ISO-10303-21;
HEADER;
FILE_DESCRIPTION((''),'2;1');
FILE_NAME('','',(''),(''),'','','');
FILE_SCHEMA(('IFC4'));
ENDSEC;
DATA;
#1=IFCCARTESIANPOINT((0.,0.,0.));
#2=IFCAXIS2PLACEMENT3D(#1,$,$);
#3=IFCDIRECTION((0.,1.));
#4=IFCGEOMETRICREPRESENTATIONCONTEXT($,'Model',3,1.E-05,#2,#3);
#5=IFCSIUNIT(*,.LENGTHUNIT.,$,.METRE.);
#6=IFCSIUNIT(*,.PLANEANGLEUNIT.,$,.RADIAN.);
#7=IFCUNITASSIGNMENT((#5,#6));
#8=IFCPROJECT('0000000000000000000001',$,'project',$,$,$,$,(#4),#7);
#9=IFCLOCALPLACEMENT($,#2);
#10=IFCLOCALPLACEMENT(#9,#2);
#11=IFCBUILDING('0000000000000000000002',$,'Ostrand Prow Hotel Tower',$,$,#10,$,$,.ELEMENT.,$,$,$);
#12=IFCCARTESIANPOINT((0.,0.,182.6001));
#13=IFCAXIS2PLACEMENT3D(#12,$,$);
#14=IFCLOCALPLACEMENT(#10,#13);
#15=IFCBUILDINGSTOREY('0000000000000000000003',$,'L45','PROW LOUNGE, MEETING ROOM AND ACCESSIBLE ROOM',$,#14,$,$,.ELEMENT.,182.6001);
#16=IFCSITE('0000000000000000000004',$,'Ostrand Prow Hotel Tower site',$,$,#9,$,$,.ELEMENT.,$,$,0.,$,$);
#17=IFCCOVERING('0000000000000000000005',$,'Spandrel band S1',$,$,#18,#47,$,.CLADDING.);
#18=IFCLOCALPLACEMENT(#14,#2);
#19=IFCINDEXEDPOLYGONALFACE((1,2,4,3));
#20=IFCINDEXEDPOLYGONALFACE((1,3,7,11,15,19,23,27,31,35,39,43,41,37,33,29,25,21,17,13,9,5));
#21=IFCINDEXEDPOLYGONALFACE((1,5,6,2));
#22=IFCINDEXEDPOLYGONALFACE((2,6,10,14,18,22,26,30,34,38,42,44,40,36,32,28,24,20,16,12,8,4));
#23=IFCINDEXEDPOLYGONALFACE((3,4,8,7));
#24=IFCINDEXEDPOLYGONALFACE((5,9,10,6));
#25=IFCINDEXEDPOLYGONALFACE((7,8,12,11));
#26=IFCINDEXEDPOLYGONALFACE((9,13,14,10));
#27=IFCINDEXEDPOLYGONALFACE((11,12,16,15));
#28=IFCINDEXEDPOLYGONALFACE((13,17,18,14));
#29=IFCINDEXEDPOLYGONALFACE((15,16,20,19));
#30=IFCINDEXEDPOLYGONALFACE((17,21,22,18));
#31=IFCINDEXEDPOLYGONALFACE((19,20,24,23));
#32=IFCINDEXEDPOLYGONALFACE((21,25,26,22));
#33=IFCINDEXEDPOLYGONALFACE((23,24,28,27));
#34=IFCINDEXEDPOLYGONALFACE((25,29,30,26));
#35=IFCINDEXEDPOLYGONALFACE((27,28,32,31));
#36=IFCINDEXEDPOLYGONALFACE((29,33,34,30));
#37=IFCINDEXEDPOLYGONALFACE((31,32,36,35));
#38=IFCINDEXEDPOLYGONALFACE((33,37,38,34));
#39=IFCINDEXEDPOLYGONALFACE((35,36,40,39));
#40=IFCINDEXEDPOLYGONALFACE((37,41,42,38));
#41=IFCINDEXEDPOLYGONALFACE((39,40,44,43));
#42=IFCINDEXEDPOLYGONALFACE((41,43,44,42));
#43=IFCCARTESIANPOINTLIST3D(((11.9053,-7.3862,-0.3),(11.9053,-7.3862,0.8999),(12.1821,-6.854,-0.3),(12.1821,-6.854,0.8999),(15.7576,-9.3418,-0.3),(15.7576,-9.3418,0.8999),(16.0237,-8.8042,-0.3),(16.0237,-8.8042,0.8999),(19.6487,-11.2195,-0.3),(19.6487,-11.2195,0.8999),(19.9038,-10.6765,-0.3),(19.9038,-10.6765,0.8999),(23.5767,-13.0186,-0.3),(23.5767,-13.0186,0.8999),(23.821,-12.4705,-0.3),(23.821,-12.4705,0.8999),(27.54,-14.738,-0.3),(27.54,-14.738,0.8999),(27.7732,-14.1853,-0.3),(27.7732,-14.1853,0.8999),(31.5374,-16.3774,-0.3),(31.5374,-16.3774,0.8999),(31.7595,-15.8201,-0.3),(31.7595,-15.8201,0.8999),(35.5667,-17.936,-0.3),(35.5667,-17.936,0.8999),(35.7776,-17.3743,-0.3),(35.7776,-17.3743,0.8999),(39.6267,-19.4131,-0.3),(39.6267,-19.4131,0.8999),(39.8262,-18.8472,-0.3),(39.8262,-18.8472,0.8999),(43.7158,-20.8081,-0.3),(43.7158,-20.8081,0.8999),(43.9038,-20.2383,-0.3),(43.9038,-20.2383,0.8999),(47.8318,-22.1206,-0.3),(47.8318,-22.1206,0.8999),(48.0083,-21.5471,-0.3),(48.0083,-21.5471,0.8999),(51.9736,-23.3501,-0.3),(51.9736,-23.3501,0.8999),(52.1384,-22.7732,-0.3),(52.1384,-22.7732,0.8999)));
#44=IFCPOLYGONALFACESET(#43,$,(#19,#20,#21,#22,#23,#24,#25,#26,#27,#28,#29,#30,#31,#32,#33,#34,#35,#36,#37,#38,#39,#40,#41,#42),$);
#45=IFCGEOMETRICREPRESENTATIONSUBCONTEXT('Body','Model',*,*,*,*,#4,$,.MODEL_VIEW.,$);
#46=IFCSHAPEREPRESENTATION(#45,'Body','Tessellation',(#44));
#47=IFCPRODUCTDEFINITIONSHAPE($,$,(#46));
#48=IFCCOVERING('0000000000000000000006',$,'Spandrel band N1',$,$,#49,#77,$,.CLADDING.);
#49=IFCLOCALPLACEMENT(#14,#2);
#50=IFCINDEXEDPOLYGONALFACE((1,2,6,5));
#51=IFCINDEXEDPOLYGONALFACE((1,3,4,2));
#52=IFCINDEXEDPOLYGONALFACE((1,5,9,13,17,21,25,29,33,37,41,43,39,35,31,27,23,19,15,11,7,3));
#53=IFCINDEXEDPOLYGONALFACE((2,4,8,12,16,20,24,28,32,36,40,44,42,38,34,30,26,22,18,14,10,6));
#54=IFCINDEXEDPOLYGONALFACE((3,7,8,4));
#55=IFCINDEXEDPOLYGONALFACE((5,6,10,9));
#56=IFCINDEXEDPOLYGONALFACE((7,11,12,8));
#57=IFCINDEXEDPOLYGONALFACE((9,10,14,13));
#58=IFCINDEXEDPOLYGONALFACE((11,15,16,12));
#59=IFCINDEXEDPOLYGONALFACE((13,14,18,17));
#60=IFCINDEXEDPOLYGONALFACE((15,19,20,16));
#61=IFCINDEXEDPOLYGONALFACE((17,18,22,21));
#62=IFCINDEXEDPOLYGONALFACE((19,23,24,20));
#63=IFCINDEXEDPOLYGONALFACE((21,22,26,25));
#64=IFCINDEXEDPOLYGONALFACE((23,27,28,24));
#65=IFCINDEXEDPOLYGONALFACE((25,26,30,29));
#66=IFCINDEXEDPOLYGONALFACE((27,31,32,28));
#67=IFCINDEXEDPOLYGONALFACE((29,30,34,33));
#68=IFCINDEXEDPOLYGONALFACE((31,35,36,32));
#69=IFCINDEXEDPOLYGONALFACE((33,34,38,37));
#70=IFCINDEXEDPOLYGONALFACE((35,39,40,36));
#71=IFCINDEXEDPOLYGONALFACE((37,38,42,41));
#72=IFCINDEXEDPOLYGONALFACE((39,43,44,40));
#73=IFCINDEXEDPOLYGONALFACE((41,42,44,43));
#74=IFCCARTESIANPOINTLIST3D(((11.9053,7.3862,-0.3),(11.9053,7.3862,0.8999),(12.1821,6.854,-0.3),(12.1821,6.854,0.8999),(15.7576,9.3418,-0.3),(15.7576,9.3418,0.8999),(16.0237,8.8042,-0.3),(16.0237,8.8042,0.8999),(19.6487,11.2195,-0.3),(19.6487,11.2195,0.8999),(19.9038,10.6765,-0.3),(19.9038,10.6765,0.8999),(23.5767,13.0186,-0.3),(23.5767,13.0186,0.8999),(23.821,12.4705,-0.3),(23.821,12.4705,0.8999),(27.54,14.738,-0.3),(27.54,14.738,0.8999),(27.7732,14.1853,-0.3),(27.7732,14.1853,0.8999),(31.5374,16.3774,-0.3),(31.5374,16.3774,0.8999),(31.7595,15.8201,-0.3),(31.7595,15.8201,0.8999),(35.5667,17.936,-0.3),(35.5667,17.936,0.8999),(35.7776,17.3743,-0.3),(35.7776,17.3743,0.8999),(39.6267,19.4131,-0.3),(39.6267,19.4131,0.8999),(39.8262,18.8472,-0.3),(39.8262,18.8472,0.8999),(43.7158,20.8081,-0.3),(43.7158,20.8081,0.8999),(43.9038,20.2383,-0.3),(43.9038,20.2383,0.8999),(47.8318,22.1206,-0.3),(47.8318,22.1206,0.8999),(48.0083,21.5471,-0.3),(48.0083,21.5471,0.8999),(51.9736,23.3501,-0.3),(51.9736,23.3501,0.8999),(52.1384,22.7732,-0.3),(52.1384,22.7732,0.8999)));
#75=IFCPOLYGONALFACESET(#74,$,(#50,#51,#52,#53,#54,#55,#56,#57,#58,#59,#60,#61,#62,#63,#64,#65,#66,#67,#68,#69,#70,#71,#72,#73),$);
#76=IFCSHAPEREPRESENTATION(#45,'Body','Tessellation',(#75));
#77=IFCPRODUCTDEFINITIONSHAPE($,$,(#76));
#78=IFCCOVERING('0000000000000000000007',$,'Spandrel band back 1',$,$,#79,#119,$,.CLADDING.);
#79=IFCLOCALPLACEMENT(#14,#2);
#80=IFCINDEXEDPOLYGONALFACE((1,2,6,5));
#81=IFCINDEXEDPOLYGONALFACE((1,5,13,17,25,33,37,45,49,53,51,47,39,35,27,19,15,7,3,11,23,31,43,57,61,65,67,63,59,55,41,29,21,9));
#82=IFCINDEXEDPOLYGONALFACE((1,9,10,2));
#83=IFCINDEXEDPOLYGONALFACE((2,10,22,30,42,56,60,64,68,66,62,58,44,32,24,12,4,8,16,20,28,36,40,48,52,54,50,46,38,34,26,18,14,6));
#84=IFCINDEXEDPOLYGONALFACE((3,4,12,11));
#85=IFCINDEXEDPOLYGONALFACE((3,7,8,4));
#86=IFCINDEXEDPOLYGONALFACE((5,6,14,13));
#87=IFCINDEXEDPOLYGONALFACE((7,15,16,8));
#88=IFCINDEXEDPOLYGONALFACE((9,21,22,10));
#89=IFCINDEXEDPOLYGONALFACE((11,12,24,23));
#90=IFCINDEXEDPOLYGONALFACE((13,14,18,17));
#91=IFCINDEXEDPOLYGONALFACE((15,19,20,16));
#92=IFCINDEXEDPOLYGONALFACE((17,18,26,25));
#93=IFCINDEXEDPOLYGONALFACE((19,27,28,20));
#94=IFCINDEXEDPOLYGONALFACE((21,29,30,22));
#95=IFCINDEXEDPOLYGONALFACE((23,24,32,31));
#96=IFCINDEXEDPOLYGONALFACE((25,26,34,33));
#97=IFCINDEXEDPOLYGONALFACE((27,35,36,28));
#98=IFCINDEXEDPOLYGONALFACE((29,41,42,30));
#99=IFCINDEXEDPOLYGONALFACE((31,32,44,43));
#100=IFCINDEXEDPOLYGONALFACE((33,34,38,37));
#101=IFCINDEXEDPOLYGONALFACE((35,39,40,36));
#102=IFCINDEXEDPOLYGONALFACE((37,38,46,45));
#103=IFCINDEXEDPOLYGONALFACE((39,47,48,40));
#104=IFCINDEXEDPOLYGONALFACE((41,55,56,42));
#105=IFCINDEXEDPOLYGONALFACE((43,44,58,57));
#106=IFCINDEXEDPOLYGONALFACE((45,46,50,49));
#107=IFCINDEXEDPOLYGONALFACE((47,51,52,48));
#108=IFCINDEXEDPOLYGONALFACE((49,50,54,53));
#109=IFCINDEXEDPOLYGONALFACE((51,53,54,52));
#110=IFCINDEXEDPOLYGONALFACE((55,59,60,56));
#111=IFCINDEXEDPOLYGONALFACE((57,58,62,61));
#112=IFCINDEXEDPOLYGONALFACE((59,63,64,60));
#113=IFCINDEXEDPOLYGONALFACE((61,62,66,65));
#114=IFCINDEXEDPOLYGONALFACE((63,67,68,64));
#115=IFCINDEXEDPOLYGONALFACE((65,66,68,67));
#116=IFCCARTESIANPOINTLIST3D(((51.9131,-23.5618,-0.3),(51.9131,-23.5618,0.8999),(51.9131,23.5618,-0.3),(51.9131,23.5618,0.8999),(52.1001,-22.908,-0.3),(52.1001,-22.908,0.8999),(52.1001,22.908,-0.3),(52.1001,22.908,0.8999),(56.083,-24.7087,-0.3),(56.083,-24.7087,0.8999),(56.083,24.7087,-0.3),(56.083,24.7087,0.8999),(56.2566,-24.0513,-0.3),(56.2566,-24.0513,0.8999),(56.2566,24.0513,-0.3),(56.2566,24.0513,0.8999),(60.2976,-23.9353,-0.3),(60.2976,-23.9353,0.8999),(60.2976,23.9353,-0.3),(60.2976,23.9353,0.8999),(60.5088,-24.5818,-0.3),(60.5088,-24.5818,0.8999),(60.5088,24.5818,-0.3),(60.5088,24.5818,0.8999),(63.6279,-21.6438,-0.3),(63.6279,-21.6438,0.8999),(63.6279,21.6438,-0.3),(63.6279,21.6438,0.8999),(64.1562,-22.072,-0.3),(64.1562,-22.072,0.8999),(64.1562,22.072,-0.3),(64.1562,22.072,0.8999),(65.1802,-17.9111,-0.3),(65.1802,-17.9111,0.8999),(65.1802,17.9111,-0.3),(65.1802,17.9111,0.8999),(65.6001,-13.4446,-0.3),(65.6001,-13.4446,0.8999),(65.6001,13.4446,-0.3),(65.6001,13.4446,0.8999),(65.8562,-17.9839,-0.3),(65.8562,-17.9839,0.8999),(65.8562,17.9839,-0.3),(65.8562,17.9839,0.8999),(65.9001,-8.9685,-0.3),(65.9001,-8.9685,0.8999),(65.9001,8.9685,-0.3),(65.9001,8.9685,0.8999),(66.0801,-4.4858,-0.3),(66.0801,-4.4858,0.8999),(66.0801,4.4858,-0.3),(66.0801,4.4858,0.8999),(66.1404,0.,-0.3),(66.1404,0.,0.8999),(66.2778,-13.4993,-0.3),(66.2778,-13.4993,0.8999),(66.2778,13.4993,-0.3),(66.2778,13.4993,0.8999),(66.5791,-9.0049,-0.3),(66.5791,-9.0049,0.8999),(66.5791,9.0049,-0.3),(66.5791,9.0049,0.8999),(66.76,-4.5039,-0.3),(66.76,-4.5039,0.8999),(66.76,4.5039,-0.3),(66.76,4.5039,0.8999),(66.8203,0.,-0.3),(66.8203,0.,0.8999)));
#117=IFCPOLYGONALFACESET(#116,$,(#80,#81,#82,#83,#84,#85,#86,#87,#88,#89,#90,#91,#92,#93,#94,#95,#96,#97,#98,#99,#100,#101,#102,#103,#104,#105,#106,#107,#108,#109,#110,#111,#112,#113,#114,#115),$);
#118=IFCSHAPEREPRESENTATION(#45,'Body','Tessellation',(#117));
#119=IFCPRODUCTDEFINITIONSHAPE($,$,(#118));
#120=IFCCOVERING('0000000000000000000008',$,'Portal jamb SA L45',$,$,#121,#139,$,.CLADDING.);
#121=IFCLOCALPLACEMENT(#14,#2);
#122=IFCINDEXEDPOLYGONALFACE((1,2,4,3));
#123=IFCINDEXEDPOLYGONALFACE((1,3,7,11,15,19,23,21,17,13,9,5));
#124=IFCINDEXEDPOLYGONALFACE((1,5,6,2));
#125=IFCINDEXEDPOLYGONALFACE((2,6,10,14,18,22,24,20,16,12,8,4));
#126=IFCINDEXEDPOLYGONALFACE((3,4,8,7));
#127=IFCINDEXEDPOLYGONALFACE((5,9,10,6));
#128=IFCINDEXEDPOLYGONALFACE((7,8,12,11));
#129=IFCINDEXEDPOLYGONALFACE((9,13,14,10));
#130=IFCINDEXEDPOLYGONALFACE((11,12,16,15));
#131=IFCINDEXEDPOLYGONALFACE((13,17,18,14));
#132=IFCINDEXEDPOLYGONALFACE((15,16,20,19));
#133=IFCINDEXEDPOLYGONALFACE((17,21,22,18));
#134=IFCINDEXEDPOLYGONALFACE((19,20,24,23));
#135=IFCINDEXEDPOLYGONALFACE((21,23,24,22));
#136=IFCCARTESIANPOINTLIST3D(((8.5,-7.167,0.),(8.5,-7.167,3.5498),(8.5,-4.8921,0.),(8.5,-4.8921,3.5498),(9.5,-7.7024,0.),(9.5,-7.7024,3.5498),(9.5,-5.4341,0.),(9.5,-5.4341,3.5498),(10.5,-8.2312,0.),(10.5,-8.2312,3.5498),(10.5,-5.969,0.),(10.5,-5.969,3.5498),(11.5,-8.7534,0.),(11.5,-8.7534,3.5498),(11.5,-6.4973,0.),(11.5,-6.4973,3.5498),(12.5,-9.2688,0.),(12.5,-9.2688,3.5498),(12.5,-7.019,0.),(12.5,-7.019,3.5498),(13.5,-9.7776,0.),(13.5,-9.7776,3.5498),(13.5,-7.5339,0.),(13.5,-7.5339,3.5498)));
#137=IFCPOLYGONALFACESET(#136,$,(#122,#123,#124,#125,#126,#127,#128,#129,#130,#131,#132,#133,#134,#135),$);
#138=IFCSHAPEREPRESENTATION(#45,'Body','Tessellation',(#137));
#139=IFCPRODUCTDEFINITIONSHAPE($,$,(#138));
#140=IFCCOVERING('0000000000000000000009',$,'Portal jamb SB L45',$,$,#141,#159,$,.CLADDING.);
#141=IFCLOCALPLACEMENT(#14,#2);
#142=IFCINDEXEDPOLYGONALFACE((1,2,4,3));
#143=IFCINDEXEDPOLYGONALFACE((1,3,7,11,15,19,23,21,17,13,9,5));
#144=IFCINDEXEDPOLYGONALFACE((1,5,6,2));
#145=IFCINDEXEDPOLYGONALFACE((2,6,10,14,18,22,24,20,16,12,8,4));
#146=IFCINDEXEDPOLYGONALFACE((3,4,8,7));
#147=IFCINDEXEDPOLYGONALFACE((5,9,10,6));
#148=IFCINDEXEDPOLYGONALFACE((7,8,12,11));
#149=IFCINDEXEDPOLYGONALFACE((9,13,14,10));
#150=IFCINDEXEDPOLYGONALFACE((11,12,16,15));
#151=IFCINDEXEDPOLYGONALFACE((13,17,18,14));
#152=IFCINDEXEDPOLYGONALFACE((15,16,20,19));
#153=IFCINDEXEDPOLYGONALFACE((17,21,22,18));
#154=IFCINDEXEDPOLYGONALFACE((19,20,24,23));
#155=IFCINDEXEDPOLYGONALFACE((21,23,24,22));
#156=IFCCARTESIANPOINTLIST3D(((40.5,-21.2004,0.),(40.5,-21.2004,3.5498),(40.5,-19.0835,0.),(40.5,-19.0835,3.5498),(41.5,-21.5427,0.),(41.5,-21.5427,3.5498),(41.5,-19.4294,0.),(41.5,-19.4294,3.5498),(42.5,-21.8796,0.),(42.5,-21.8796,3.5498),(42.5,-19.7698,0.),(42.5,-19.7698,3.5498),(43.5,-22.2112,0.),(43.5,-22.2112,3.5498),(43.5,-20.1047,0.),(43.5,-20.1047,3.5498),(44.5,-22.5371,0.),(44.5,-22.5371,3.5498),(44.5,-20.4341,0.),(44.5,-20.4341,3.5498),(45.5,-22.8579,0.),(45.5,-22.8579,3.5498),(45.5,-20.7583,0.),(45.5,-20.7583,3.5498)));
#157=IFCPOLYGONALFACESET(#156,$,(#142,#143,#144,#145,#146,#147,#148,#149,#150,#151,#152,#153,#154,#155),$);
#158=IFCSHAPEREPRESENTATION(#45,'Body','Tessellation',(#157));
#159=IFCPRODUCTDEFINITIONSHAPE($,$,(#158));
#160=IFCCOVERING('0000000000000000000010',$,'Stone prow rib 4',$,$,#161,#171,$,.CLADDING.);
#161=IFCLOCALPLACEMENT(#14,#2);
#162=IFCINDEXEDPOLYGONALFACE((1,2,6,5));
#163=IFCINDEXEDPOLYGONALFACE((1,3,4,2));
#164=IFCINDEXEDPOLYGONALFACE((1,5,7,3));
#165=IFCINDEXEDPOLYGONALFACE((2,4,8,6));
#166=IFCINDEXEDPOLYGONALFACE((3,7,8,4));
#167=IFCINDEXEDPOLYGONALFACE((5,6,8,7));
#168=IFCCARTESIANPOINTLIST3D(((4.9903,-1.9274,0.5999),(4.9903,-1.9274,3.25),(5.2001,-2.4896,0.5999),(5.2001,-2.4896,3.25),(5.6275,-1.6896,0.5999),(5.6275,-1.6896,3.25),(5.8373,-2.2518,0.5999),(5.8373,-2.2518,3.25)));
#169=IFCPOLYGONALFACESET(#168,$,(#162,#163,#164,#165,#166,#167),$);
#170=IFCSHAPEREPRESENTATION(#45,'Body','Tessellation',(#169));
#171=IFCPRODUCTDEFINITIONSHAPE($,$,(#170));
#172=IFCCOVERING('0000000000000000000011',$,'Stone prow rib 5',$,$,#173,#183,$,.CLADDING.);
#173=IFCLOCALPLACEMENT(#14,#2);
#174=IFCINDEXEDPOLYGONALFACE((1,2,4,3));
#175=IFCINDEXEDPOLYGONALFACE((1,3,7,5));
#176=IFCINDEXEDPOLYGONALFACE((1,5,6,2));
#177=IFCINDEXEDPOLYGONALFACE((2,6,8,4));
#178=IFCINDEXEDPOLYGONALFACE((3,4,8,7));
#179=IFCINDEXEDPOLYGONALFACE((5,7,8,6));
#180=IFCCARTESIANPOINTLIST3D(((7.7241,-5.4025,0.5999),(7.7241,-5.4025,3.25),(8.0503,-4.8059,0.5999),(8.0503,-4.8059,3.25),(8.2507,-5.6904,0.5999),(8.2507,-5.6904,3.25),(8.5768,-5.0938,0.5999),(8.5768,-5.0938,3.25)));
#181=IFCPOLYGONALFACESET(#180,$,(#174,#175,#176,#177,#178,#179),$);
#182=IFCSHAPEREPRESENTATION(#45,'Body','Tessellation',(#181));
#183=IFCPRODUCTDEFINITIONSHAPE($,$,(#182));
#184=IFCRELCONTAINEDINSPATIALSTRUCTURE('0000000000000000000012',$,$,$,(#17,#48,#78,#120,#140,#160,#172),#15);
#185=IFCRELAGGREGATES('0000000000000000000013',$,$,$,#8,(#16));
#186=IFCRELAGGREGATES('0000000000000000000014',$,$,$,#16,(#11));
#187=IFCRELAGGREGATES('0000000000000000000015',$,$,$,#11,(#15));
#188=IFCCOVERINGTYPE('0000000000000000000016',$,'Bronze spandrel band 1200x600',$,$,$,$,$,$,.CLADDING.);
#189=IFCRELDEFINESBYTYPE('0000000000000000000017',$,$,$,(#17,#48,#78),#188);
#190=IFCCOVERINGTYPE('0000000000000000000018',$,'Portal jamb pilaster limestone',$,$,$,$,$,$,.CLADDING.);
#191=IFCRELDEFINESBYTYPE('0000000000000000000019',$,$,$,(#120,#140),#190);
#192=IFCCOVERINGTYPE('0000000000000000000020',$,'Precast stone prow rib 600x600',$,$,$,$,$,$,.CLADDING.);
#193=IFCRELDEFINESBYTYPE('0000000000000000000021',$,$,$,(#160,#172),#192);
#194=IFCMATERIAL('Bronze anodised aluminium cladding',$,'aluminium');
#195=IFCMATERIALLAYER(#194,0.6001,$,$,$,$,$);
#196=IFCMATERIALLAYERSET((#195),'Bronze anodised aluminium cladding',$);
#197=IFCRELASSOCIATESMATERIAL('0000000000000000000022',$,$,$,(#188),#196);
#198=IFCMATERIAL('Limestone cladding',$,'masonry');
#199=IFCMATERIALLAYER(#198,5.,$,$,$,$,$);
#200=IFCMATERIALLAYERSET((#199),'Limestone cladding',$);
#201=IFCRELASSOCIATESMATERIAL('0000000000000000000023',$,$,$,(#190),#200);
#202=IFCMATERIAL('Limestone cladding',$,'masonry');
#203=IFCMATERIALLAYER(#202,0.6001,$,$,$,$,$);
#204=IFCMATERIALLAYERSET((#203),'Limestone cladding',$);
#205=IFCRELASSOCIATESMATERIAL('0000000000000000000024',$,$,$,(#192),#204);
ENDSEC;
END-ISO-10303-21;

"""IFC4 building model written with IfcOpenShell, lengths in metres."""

from ifc_helpers import new_model, si_unit, direction, frame, frame_2d, origin, place, context, subcontext, project, spatial, polyline, rectangle, outline, extrude, material, layer, layer_set, type_object, element, save


model = new_model("IFC4")

# Units and contexts
model_context = context("Model", 3, precision=1e-05, world=origin(), true_north=direction((0.0, 1.0)))
body_context = subcontext(model_context, "Body", "Model", "MODEL_VIEW")
ifc_project = project(units=[si_unit("LENGTHUNIT", "METRE"), si_unit("PLANEANGLEUNIT", "RADIAN")], contexts=[model_context])

# Site, building, storey
site_placement = place(None, origin())
site = spatial("IfcSite", under=ifc_project, at=site_placement, Name="Ostrand Prow Hotel Tower site", CompositionType="ELEMENT", RefElevation=0.0)
building_placement = place(site_placement, origin())
building = spatial("IfcBuilding", under=site, at=building_placement, Name="Ostrand Prow Hotel Tower", CompositionType="ELEMENT")
storey_placement = place(building_placement, frame((0.0, 0.0, 182.6001)))
storey = spatial("IfcBuildingStorey", under=building, at=storey_placement, Name="L45", Description="PROW LOUNGE, MEETING ROOM AND ACCESSIBLE ROOM", CompositionType="ELEMENT", Elevation=182.6001)

# Coverings
ifc_material_1 = material(Name="Bronze anodised aluminium cladding", Category="aluminium")
ifc_layer_1 = layer(ifc_material_1, 0.6001)
ifc_layer_set_1 = layer_set([ifc_layer_1], Name="Bronze anodised aluminium cladding")
covering_type_1 = type_object("IfcCoveringType", Name="Bronze spandrel band 1200x600", PredefinedType="CLADDING", material=ifc_layer_set_1)
covering_1_placement = place(storey_placement, frame((0.0, 0.0, -0.3)))
element("IfcCovering", 1, at=covering_1_placement, inside=storey, type_object=covering_type_1, Name="Spandrel band S1", PredefinedType="CLADDING", context=body_context, shape_type="SweptSolid", body=[
    extrude(outline(polyline([(11.9053, -7.3862), (15.7576, -9.3418), (19.6487, -11.2195), (23.5767, -13.0186), (27.54, -14.738), (31.5374, -16.3774), (35.5667, -17.936), (39.6267, -19.4131), (43.7158, -20.8081), (47.8318, -22.1206), (51.9736, -23.3501), (52.1384, -22.7732), (48.0083, -21.5471), (43.9038, -20.2383), (39.8262, -18.8472), (35.7776, -17.3743), (31.7595, -15.8201), (27.7732, -14.1853), (23.821, -12.4705), (19.9038, -10.6765), (16.0237, -8.8042), (12.1821, -6.854), (11.9053, -7.3862)])), origin(), (0.0, 0.0, 1.0), 1.2),
])
covering_2_placement = place(storey_placement, frame((0.0, 0.0, -0.3)))
element("IfcCovering", 2, at=covering_2_placement, inside=storey, type_object=covering_type_1, Name="Spandrel band N1", PredefinedType="CLADDING", context=body_context, shape_type="SweptSolid", body=[
    extrude(outline(polyline([(51.9736, 23.3501), (47.8318, 22.1206), (43.7158, 20.8081), (39.6267, 19.4131), (35.5667, 17.936), (31.5374, 16.3774), (27.54, 14.738), (23.5767, 13.0186), (19.6487, 11.2195), (15.7576, 9.3418), (11.9053, 7.3862), (12.1821, 6.854), (16.0237, 8.8042), (19.9038, 10.6765), (23.821, 12.4705), (27.7732, 14.1853), (31.7595, 15.8201), (35.7776, 17.3743), (39.8262, 18.8472), (43.9038, 20.2383), (48.0083, 21.5471), (52.1384, 22.7732), (51.9736, 23.3501)])), origin(), (0.0, 0.0, 1.0), 1.2),
])
covering_3_placement = place(storey_placement, frame((0.0, 0.0, -0.3)))
element("IfcCovering", 3, at=covering_3_placement, inside=storey, type_object=covering_type_1, Name="Spandrel band back 1", PredefinedType="CLADDING", context=body_context, shape_type="SweptSolid", body=[
    extrude(outline(polyline([(51.9131, -23.5618), (56.083, -24.7087), (60.5088, -24.5818), (64.1562, -22.072), (65.8562, -17.9839), (66.2778, -13.4993), (66.5791, -9.0049), (66.76, -4.5039), (66.8203, 0.0), (66.76, 4.5039), (66.5791, 9.0049), (66.2778, 13.4993), (65.8562, 17.9839), (64.1562, 22.072), (60.5088, 24.5818), (56.083, 24.7087), (51.9131, 23.5618), (52.1001, 22.908), (56.2566, 24.0513), (60.2976, 23.9353), (63.6279, 21.6438), (65.1802, 17.9111), (65.6001, 13.4446), (65.9001, 8.9685), (66.0801, 4.4858), (66.1404, 0.0), (66.0801, -4.4858), (65.9001, -8.9685), (65.6001, -13.4446), (65.1802, -17.9111), (63.6279, -21.6438), (60.2976, -23.9353), (56.2566, -24.0513), (52.1001, -22.908), (51.9131, -23.5618)])), origin(), (0.0, 0.0, 1.0), 1.2),
])
ifc_material_2 = material(Name="Limestone cladding", Category="masonry")
ifc_layer_2 = layer(ifc_material_2, 5.0)
ifc_layer_set_2 = layer_set([ifc_layer_2], Name="Limestone cladding")
covering_type_2 = type_object("IfcCoveringType", Name="Portal jamb pilaster limestone", PredefinedType="CLADDING", material=ifc_layer_set_2)
covering_4_placement = place(storey_placement, origin())
element("IfcCovering", 4, at=covering_4_placement, inside=storey, type_object=covering_type_2, Name="Portal jamb SA L45", PredefinedType="CLADDING", context=body_context, shape_type="SweptSolid", body=[
    extrude(outline(polyline([(8.5, -4.8921), (8.5, -7.167), (9.5, -7.7024), (10.5, -8.2312), (11.5, -8.7534), (12.5, -9.2688), (13.5, -9.7776), (13.5, -7.5339), (12.5, -7.019), (11.5, -6.4973), (10.5, -5.969), (9.5, -5.4341), (8.5, -4.8921)])), origin(), (0.0, 0.0, 1.0), 3.5498),
])
covering_5_placement = place(storey_placement, origin())
element("IfcCovering", 5, at=covering_5_placement, inside=storey, type_object=covering_type_2, Name="Portal jamb SB L45", PredefinedType="CLADDING", context=body_context, shape_type="SweptSolid", body=[
    extrude(outline(polyline([(40.5, -19.0835), (40.5, -21.2004), (41.5, -21.5427), (42.5, -21.8796), (43.5, -22.2112), (44.5, -22.5371), (45.5, -22.8579), (45.5, -20.7583), (44.5, -20.4341), (43.5, -20.1047), (42.5, -19.7698), (41.5, -19.4294), (40.5, -19.0835)])), origin(), (0.0, 0.0, 1.0), 3.5498),
])
ifc_material_3 = material(Name="Limestone cladding", Category="masonry")
ifc_layer_3 = layer(ifc_material_3, 0.6001)
ifc_layer_set_3 = layer_set([ifc_layer_3], Name="Limestone cladding")
covering_type_3 = type_object("IfcCoveringType", Name="Precast stone prow rib 600x600", PredefinedType="CLADDING", material=ifc_layer_set_3)
covering_6_placement = place(storey_placement, frame((5.7324, -1.9707, 0.5999), z_axis=(0.0, 0.0, 1.0), x_axis=(-0.936889, -0.349628, 0.0)))
element("IfcCovering", 6, at=covering_6_placement, inside=storey, type_object=covering_type_3, Name="Stone prow rib 4", PredefinedType="CLADDING", context=body_context, shape_type="SweptSolid", body=[
    extrude(rectangle(XDim=0.6802, YDim=0.6001, at=frame_2d((0.3401, 0.0))), origin(), (0.0, 0.0, 1.0), 2.6501),
])
covering_7_placement = place(storey_placement, frame((8.3135, -4.95, 0.5999), z_axis=(0.0, 0.0, 1.0), x_axis=(-0.479657, -0.877456, 0.0)))
element("IfcCovering", 7, at=covering_7_placement, inside=storey, type_object=covering_type_3, Name="Stone prow rib 5", PredefinedType="CLADDING", context=body_context, shape_type="SweptSolid", body=[
    extrude(rectangle(XDim=0.6799, YDim=0.6001, at=frame_2d((0.3398, 0.0))), origin(), (0.0, 0.0, 1.0), 2.6501),
])

save(model, "model.ifc")
